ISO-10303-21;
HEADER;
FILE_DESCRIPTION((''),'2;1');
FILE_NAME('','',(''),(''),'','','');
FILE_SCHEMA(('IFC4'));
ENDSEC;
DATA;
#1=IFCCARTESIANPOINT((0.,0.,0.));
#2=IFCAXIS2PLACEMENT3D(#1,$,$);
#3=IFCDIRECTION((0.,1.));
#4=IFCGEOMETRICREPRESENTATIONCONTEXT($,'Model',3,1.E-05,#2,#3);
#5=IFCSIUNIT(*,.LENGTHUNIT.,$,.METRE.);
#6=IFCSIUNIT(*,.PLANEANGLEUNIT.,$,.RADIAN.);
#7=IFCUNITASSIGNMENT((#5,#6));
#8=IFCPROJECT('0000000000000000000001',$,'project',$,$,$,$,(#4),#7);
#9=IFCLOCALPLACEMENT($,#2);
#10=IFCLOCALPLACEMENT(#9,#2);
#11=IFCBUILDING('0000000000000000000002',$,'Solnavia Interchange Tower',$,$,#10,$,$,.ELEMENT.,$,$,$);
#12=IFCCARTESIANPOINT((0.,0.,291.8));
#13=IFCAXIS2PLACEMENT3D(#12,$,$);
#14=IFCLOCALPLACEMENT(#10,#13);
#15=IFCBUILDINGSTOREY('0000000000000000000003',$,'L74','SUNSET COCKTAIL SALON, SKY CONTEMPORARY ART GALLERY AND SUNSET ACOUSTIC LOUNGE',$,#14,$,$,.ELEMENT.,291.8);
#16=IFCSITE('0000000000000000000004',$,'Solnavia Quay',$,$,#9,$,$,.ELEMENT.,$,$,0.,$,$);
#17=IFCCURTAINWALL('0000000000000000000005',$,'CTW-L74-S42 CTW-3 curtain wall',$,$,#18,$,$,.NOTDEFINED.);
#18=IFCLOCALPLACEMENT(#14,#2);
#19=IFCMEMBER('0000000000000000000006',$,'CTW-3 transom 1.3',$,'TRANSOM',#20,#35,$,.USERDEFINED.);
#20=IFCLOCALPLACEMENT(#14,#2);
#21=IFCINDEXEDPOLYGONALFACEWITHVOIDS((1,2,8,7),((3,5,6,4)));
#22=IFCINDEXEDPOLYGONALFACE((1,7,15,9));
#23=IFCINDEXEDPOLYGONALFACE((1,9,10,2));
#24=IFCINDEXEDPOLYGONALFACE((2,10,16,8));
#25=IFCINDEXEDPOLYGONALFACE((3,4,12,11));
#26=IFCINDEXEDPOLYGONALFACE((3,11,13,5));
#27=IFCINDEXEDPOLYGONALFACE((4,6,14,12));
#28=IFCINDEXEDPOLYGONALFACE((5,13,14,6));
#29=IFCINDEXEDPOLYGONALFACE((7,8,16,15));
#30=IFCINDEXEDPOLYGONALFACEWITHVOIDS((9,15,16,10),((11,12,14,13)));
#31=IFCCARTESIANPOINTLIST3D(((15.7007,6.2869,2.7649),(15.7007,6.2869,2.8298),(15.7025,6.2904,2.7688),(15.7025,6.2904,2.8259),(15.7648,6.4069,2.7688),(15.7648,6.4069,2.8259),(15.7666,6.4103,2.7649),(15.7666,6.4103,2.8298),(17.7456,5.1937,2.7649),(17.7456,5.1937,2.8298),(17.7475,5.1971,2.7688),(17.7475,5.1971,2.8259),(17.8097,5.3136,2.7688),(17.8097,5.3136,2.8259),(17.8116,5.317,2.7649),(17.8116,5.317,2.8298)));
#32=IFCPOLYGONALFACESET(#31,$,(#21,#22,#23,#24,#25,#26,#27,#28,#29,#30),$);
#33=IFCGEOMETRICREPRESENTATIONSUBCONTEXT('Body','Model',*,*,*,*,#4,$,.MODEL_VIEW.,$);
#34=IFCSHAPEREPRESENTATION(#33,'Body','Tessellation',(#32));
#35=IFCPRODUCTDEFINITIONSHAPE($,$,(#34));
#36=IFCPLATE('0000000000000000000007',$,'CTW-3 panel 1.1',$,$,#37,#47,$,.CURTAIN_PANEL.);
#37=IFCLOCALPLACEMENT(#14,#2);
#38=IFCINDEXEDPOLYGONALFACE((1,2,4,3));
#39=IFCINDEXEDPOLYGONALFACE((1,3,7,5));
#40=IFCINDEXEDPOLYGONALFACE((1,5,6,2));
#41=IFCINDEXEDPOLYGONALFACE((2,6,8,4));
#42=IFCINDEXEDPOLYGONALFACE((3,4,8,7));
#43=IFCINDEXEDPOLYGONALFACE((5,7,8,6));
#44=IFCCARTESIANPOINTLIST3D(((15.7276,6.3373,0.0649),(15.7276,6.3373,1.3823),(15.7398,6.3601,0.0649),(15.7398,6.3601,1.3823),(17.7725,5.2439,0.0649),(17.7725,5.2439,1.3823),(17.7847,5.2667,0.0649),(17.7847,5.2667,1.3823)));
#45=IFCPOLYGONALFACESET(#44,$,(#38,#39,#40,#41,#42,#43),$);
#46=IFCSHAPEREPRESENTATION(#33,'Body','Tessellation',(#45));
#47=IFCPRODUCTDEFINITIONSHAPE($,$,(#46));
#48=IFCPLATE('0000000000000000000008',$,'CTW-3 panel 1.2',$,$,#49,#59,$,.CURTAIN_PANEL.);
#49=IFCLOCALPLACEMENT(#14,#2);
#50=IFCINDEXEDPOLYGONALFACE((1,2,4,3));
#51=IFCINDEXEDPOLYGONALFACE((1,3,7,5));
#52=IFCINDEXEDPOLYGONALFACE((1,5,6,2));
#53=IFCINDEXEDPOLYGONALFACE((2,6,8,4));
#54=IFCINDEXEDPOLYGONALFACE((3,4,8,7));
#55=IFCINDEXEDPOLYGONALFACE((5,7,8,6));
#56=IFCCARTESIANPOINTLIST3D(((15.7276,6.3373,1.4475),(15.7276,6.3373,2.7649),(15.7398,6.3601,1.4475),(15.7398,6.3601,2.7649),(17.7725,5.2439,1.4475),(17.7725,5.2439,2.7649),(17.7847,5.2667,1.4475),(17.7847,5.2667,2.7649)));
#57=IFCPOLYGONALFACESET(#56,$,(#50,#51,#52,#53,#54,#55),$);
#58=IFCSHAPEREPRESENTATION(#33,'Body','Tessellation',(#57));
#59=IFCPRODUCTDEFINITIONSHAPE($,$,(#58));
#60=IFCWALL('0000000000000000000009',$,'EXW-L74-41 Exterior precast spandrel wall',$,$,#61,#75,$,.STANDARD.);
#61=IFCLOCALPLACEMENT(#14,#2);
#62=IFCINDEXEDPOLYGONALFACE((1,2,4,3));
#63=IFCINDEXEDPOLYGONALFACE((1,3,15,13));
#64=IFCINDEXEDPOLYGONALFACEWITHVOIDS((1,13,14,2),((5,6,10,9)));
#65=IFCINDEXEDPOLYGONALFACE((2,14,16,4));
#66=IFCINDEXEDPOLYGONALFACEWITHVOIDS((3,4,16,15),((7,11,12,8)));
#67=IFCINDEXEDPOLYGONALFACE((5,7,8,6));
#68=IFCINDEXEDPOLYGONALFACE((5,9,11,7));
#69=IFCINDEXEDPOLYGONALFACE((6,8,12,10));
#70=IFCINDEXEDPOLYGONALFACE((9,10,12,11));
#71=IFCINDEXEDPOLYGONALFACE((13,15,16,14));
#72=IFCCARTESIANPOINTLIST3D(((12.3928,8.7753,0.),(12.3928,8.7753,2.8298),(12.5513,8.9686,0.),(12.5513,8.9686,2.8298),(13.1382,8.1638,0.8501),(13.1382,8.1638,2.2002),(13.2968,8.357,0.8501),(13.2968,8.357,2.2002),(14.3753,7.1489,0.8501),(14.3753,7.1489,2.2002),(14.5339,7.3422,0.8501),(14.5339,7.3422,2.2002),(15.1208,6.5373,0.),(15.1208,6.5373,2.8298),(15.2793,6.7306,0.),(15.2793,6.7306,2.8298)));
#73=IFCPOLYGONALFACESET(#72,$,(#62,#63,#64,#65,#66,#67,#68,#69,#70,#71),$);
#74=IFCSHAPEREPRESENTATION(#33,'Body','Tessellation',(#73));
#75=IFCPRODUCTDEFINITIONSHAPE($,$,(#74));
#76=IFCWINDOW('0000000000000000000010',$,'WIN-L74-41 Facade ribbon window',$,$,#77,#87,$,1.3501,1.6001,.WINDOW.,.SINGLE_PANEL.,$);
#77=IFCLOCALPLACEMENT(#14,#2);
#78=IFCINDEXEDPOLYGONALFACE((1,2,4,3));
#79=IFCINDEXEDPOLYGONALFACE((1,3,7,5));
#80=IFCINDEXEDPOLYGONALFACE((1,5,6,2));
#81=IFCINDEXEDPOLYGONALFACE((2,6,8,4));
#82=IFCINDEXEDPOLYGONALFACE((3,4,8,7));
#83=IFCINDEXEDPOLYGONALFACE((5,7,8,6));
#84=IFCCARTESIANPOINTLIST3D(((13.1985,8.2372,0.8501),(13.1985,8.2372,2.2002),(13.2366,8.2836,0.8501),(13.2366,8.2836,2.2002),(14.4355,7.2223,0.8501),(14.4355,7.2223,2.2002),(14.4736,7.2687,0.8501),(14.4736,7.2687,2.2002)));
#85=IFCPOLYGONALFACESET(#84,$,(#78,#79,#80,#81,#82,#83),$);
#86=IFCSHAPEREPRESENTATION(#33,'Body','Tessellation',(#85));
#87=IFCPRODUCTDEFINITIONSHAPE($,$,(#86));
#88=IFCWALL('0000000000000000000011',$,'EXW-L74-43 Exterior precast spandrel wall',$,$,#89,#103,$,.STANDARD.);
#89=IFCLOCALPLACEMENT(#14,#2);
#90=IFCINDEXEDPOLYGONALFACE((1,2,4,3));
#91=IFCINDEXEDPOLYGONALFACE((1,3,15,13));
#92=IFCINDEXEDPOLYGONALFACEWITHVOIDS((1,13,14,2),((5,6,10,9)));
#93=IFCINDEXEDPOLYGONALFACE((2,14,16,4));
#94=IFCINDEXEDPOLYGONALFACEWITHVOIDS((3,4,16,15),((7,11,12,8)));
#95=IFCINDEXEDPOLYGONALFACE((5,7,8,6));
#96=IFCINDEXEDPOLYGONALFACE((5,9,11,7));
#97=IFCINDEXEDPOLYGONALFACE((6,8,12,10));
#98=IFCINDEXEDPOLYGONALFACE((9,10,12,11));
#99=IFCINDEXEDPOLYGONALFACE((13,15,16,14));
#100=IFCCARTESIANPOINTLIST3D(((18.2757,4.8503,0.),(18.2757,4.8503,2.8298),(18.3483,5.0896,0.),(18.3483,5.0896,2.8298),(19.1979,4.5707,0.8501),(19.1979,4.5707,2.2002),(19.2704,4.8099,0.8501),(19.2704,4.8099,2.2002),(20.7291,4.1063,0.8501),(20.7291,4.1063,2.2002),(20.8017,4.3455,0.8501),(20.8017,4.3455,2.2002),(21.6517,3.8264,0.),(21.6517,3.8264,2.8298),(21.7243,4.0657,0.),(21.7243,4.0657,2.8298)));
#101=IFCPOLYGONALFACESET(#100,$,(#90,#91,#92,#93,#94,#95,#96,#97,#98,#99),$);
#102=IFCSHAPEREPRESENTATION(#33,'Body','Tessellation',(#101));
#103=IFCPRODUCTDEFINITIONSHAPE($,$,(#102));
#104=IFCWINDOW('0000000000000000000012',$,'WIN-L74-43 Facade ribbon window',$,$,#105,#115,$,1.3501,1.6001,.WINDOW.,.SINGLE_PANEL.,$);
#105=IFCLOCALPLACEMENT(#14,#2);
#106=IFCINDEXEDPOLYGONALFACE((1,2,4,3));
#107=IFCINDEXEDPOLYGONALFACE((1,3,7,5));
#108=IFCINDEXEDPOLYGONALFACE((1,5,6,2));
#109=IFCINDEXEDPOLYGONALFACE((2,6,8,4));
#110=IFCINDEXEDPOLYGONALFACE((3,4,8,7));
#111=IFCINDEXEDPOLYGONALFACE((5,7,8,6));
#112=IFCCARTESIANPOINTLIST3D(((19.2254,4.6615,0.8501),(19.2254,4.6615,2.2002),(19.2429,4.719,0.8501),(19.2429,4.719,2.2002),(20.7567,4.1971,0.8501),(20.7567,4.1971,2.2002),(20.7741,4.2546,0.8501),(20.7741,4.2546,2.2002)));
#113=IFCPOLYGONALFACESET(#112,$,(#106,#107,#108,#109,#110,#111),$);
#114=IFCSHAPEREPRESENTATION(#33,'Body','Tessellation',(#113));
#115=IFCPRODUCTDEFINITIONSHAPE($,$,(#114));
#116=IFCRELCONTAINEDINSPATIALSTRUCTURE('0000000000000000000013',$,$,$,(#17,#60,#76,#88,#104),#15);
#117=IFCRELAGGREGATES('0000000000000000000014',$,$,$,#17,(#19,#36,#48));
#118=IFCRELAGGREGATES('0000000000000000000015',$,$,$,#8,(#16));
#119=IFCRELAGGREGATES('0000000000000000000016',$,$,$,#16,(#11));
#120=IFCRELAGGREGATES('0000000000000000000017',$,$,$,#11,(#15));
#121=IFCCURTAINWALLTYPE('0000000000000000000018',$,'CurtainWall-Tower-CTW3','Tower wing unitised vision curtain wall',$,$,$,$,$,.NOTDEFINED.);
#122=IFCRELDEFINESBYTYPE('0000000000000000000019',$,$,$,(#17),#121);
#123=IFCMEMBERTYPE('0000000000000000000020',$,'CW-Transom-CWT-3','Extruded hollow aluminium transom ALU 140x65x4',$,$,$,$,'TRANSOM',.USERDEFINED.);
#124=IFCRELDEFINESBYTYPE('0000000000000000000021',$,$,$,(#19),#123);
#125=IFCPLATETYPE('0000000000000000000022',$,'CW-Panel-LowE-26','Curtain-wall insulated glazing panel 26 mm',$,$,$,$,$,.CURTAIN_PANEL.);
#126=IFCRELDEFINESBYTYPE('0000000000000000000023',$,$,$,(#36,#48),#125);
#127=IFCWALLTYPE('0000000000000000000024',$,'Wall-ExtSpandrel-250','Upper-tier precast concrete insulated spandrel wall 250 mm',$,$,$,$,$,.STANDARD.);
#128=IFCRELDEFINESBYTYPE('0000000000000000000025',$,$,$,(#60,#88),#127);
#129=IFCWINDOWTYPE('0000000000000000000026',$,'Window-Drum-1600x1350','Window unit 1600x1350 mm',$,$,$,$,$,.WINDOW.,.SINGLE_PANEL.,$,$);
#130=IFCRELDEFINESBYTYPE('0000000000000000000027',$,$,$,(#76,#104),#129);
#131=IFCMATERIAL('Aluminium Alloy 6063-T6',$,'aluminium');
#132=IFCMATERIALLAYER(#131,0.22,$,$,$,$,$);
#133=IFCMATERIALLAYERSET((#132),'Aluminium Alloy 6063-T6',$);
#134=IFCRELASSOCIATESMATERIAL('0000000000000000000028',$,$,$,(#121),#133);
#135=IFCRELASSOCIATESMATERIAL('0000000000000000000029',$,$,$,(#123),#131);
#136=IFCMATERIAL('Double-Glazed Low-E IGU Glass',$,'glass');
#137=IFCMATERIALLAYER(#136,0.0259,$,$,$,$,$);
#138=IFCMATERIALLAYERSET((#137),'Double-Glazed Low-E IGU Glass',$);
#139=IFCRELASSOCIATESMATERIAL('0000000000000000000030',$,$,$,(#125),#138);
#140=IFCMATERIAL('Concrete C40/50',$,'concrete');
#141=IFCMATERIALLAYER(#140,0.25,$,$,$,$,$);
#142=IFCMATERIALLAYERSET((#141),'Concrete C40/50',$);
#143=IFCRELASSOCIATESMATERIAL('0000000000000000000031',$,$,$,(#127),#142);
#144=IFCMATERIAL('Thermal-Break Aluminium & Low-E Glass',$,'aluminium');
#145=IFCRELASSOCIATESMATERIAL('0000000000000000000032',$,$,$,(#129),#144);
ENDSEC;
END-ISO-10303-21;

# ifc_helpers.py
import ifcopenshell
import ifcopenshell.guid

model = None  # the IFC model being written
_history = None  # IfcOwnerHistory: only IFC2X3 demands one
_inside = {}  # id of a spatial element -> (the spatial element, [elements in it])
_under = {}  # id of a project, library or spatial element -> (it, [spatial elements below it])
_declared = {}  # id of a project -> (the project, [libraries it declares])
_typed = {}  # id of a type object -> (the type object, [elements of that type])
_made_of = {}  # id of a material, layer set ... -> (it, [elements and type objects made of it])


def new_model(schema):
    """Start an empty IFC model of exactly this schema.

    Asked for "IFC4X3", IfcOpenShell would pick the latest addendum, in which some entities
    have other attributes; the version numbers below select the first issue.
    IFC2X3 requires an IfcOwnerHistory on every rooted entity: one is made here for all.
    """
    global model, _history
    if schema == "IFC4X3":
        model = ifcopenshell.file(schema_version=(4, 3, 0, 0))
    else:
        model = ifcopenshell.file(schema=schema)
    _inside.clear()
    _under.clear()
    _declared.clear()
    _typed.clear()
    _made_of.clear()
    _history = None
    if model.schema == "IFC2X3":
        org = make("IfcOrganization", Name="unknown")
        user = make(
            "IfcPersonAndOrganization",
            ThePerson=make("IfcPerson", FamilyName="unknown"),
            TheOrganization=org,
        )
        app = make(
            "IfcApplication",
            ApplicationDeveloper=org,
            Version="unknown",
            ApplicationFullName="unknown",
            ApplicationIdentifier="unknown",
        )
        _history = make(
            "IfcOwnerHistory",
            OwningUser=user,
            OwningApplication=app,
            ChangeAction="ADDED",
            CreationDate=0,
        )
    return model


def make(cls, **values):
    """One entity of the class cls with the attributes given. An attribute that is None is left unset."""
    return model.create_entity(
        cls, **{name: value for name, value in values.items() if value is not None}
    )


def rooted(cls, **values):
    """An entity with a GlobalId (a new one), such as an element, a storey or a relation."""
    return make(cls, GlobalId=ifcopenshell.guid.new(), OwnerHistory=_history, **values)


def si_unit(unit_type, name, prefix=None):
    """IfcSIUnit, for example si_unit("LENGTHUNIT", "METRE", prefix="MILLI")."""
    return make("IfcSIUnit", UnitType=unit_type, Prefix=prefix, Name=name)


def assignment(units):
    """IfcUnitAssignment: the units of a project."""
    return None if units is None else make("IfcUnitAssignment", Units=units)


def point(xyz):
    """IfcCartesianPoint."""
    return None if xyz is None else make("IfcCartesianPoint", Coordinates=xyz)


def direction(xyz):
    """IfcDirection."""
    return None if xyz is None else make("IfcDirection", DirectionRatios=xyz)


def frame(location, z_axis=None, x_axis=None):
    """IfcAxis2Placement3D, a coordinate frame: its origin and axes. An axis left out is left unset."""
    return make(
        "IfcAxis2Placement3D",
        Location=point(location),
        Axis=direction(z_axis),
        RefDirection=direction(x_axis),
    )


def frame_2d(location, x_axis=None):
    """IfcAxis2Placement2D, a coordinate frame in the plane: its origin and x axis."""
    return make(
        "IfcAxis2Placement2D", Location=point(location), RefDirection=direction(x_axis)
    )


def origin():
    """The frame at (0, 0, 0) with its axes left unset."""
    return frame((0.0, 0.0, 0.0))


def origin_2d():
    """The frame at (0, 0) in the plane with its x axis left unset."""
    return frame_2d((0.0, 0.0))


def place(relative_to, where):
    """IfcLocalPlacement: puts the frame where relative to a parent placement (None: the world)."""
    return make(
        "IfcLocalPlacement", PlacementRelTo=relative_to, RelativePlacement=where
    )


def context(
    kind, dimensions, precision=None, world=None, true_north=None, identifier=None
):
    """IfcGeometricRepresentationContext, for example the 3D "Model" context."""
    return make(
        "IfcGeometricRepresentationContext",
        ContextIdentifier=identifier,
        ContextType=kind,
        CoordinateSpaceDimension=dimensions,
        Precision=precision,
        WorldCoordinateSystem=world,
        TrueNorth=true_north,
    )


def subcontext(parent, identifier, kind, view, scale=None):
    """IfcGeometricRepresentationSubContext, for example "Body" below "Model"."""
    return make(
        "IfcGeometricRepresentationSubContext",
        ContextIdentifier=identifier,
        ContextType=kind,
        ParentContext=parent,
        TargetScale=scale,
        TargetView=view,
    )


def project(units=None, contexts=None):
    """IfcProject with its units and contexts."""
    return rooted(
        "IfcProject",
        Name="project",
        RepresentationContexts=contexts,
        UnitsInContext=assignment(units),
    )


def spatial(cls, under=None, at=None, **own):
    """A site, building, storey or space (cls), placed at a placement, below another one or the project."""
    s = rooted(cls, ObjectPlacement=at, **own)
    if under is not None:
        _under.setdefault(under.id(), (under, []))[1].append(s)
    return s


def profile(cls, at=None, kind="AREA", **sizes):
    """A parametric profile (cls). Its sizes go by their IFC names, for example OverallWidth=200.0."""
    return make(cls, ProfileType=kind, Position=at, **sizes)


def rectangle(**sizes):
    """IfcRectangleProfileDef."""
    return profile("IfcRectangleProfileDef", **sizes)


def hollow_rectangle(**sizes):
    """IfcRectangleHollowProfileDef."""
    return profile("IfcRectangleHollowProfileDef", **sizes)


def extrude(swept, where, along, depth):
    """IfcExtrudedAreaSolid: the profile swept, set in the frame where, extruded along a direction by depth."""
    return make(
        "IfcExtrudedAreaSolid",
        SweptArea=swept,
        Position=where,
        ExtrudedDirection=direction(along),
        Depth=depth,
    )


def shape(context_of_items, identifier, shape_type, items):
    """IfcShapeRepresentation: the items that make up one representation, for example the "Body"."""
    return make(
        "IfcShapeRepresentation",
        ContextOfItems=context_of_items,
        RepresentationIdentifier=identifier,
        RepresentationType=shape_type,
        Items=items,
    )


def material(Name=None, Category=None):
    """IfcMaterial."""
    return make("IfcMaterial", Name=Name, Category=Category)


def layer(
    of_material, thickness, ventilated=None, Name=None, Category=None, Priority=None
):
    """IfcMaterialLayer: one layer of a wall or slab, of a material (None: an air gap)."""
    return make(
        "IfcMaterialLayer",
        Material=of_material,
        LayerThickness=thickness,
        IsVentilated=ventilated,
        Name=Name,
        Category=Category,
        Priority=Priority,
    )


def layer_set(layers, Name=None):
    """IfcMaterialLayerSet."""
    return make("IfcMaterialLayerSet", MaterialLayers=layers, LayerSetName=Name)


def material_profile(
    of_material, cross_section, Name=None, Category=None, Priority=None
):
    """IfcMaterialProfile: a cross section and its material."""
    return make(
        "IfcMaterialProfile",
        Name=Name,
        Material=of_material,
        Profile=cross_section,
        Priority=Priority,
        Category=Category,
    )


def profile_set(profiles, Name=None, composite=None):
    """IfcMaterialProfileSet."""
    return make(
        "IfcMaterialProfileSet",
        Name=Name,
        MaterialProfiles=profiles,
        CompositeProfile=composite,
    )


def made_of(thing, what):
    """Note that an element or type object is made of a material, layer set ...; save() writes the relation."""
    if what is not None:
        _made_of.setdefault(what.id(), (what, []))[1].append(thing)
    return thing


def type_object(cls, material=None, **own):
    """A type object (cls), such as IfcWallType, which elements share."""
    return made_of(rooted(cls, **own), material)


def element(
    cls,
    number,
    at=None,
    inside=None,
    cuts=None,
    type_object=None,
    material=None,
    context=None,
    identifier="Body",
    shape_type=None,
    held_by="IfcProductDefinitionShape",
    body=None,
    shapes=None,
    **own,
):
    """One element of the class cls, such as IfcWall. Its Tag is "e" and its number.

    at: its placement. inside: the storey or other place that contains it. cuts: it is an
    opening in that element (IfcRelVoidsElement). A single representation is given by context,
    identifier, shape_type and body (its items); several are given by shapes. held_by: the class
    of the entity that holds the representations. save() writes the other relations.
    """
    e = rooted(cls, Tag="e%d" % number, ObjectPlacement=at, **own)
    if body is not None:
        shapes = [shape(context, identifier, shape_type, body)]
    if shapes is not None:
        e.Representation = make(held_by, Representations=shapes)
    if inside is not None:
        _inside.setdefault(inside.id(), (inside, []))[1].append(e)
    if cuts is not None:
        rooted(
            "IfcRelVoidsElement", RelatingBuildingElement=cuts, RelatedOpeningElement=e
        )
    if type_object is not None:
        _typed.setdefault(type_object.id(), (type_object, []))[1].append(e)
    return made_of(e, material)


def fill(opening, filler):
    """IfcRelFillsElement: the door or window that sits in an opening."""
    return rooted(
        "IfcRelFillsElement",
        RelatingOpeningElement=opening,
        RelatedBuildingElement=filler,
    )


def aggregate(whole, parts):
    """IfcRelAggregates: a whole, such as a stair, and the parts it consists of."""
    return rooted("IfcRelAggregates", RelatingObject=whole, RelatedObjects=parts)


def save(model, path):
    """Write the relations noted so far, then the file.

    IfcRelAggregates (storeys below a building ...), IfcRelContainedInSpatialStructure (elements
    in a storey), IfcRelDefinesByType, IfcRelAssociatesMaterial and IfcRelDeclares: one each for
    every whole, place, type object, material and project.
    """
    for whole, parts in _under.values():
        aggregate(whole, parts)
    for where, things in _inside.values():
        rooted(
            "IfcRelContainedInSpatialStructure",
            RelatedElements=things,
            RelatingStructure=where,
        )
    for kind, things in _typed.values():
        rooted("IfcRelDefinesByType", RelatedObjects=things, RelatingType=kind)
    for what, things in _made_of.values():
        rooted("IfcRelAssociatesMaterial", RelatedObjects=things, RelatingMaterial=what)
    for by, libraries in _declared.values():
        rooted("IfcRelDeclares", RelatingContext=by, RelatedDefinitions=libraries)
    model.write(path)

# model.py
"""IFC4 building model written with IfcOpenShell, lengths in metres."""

from ifc_helpers import new_model, si_unit, direction, frame, frame_2d, origin, origin_2d, place, context, subcontext, project, spatial, rectangle, hollow_rectangle, extrude, material, layer, layer_set, material_profile, profile_set, type_object, element, fill, aggregate, save


model = new_model("IFC4")

# Units and contexts
model_context = context("Model", 3, precision=1e-05, world=origin(), true_north=direction((0.0, 1.0)))
body_context = subcontext(model_context, "Body", "Model", "MODEL_VIEW")
ifc_project = project(units=[si_unit("LENGTHUNIT", "METRE"), si_unit("PLANEANGLEUNIT", "RADIAN")], contexts=[model_context])

# Site, building, storey
site_placement = place(None, origin())
site = spatial("IfcSite", under=ifc_project, at=site_placement, Name="Solnavia Quay", CompositionType="ELEMENT", RefElevation=0.0)
building_placement = place(site_placement, origin())
building = spatial("IfcBuilding", under=site, at=building_placement, Name="Solnavia Interchange Tower", CompositionType="ELEMENT")
storey_placement = place(building_placement, frame((0.0, 0.0, 291.8)))
storey = spatial("IfcBuildingStorey", under=building, at=storey_placement, Name="L74", Description="SUNSET COCKTAIL SALON, SKY CONTEMPORARY ART GALLERY AND SUNSET ACOUSTIC LOUNGE", CompositionType="ELEMENT", Elevation=291.8)

# Curtain wall
ifc_material_1 = material(Name="Aluminium Alloy 6063-T6", Category="aluminium")
ifc_layer_1 = layer(ifc_material_1, 0.22)
ifc_layer_set_1 = layer_set([ifc_layer_1], Name="Aluminium Alloy 6063-T6")
curtain_wall_type = type_object("IfcCurtainWallType", Name="CurtainWall-Tower-CTW3", Description="Tower wing unitised vision curtain wall", PredefinedType="NOTDEFINED", material=ifc_layer_set_1)
curtain_wall_1_placement = place(storey_placement, origin())
curtain_wall_1 = element("IfcCurtainWall", 1, at=curtain_wall_1_placement, inside=storey, type_object=curtain_wall_type, Name="CTW-L74-S42 CTW-3 curtain wall", PredefinedType="NOTDEFINED")

# Member
ifc_material_profile_1 = material_profile(ifc_material_1, hollow_rectangle(XDim=0.0649, YDim=0.1399, WallThickness=0.0039, at=origin_2d()), Name="ALU 140x65x4")
ifc_profile_set_1 = profile_set([ifc_material_profile_1], Name="Aluminium Alloy 6063-T6")
member_type_1 = type_object("IfcMemberType", Name="CW-Transom-CWT-3", Description="Extruded hollow aluminium transom ALU 140x65x4", ElementType="TRANSOM", PredefinedType="USERDEFINED", material=ifc_profile_set_1)
member_1_placement = place(storey_placement, frame((15.7336, 6.3486, 2.7974), z_axis=(0.88188, -0.471473, 0.0), x_axis=(0.0, 0.0, 1.0)))
member_1 = element("IfcMember", 2, at=member_1_placement, type_object=member_type_1, Name="CTW-3 transom 1.3", ObjectType="TRANSOM", PredefinedType="USERDEFINED", context=body_context, shape_type="SweptSolid", body=[
    extrude(hollow_rectangle(XDim=0.0649, YDim=0.1399, WallThickness=0.0039, at=origin_2d()), origin(), (0.0, 0.0, 1.0), 2.3188),
])

# Plates
ifc_material_2 = material(Name="Double-Glazed Low-E IGU Glass", Category="glass")
ifc_layer_2 = layer(ifc_material_2, 0.0259)
ifc_layer_set_2 = layer_set([ifc_layer_2], Name="Double-Glazed Low-E IGU Glass")
plate_type = type_object("IfcPlateType", Name="CW-Panel-LowE-26", Description="Curtain-wall insulated glazing panel 26 mm", PredefinedType="CURTAIN_PANEL", material=ifc_layer_set_2)
plate_1_placement = place(storey_placement, frame((16.7561, 5.802, 0.0649), z_axis=(0.0, 0.0, 1.0), x_axis=(0.881859, -0.471513, 0.0)))
plate_1 = element("IfcPlate", 3, at=plate_1_placement, type_object=plate_type, Name="CTW-3 panel 1.1", PredefinedType="CURTAIN_PANEL", context=body_context, shape_type="SweptSolid", body=[
    extrude(rectangle(XDim=2.3188, YDim=0.0259, at=origin_2d()), origin(), (0.0, 0.0, 1.0), 1.3174),
])
plate_2_placement = place(storey_placement, frame((16.7561, 5.802, 1.4475), z_axis=(0.0, 0.0, 1.0), x_axis=(0.881859, -0.471513, 0.0)))
plate_2 = element("IfcPlate", 4, at=plate_2_placement, type_object=plate_type, Name="CTW-3 panel 1.2", PredefinedType="CURTAIN_PANEL", context=body_context, shape_type="SweptSolid", body=[
    extrude(rectangle(XDim=2.3188, YDim=0.0259, at=origin_2d()), origin(), (0.0, 0.0, 1.0), 1.3174),
])
aggregate(curtain_wall_1, [member_1, plate_1, plate_2])

# Walls, openings, windows
ifc_material_3 = material(Name="Concrete C40/50", Category="concrete")
ifc_layer_3 = layer(ifc_material_3, 0.25)
ifc_layer_set_3 = layer_set([ifc_layer_3], Name="Concrete C40/50")
wall_type = type_object("IfcWallType", Name="Wall-ExtSpandrel-250", Description="Upper-tier precast concrete insulated spandrel wall 250 mm", PredefinedType="STANDARD", material=ifc_layer_set_3)
wall_1_placement = place(storey_placement, frame((15.2, 6.634, 0.0), z_axis=(0.0, 0.0, 1.0), x_axis=(-0.773121, 0.634258, 0.0)))
wall_1 = element("IfcWall", 5, at=wall_1_placement, inside=storey, type_object=wall_type, Name="EXW-L74-41 Exterior precast spandrel wall", PredefinedType="STANDARD", context=body_context, shape_type="SweptSolid", body=[
    extrude(rectangle(XDim=3.5286, YDim=0.25, at=frame_2d((1.7642, 0.0))), origin(), (0.0, 0.0, 1.0), 2.8298),
])
opening_1_placement = place(wall_1_placement, frame((0.9641, 0.0, 0.8501)))
opening_1 = element("IfcOpeningElement", 6, at=opening_1_placement, cuts=wall_1, PredefinedType="OPENING", context=body_context, shape_type="SweptSolid", body=[
    extrude(rectangle(XDim=1.6001, YDim=1.3501, at=frame_2d((0.8, 0.675))), frame((0.0, 0.135, 0.0), z_axis=(0.0, -1.0, 0.0), x_axis=(1.0, 0.0, 0.0)), (0.0, 0.0, 1.0), 0.27),
])
ifc_material_4 = material(Name="Thermal-Break Aluminium & Low-E Glass", Category="aluminium")
window_type = type_object("IfcWindowType", Name="Window-Drum-1600x1350", Description="Window unit 1600x1350 mm", PartitioningType="SINGLE_PANEL", PredefinedType="WINDOW", material=ifc_material_4)
window_1_placement = place(opening_1_placement, origin())
window_1 = element("IfcWindow", 7, at=window_1_placement, inside=storey, type_object=window_type, Name="WIN-L74-41 Facade ribbon window", OverallHeight=1.3501, OverallWidth=1.6001, PartitioningType="SINGLE_PANEL", PredefinedType="WINDOW", context=body_context, shape_type="SweptSolid", body=[
    extrude(rectangle(XDim=1.6001, YDim=1.3501, at=frame_2d((0.8, 0.675))), frame((0.0, 0.03, 0.0), z_axis=(0.0, -1.0, 0.0), x_axis=(1.0, 0.0, 0.0)), (0.0, 0.0, 1.0), 0.0601),
])
fill(opening_1, window_1)
wall_2_placement = place(storey_placement, frame((21.688, 3.946, 0.0), z_axis=(0.0, 0.0, 1.0), x_axis=(-0.956953, 0.290242, 0.0)))
wall_2 = element("IfcWall", 8, at=wall_2_placement, inside=storey, type_object=wall_type, Name="EXW-L74-43 Exterior precast spandrel wall", PredefinedType="STANDARD", context=body_context, shape_type="SweptSolid", body=[
    extrude(rectangle(XDim=3.5278, YDim=0.25, at=frame_2d((1.7639, 0.0))), origin(), (0.0, 0.0, 1.0), 2.8298),
])
opening_2_placement = place(wall_2_placement, frame((0.9641, 0.0, 0.8501)))
opening_2 = element("IfcOpeningElement", 9, at=opening_2_placement, cuts=wall_2, PredefinedType="OPENING", context=body_context, shape_type="SweptSolid", body=[
    extrude(rectangle(XDim=1.6001, YDim=1.3501, at=frame_2d((0.8, 0.675))), frame((0.0, 0.135, 0.0), z_axis=(0.0, -1.0, 0.0), x_axis=(1.0, 0.0, 0.0)), (0.0, 0.0, 1.0), 0.27),
])
window_2_placement = place(opening_2_placement, origin())
window_2 = element("IfcWindow", 10, at=window_2_placement, inside=storey, type_object=window_type, Name="WIN-L74-43 Facade ribbon window", OverallHeight=1.3501, OverallWidth=1.6001, PartitioningType="SINGLE_PANEL", PredefinedType="WINDOW", context=body_context, shape_type="SweptSolid", body=[
    extrude(rectangle(XDim=1.6001, YDim=1.3501, at=frame_2d((0.8, 0.675))), frame((0.0, 0.03, 0.0), z_axis=(0.0, -1.0, 0.0), x_axis=(1.0, 0.0, 0.0)), (0.0, 0.0, 1.0), 0.0601),
])
fill(opening_2, window_2)

save(model, "model.ifc")
